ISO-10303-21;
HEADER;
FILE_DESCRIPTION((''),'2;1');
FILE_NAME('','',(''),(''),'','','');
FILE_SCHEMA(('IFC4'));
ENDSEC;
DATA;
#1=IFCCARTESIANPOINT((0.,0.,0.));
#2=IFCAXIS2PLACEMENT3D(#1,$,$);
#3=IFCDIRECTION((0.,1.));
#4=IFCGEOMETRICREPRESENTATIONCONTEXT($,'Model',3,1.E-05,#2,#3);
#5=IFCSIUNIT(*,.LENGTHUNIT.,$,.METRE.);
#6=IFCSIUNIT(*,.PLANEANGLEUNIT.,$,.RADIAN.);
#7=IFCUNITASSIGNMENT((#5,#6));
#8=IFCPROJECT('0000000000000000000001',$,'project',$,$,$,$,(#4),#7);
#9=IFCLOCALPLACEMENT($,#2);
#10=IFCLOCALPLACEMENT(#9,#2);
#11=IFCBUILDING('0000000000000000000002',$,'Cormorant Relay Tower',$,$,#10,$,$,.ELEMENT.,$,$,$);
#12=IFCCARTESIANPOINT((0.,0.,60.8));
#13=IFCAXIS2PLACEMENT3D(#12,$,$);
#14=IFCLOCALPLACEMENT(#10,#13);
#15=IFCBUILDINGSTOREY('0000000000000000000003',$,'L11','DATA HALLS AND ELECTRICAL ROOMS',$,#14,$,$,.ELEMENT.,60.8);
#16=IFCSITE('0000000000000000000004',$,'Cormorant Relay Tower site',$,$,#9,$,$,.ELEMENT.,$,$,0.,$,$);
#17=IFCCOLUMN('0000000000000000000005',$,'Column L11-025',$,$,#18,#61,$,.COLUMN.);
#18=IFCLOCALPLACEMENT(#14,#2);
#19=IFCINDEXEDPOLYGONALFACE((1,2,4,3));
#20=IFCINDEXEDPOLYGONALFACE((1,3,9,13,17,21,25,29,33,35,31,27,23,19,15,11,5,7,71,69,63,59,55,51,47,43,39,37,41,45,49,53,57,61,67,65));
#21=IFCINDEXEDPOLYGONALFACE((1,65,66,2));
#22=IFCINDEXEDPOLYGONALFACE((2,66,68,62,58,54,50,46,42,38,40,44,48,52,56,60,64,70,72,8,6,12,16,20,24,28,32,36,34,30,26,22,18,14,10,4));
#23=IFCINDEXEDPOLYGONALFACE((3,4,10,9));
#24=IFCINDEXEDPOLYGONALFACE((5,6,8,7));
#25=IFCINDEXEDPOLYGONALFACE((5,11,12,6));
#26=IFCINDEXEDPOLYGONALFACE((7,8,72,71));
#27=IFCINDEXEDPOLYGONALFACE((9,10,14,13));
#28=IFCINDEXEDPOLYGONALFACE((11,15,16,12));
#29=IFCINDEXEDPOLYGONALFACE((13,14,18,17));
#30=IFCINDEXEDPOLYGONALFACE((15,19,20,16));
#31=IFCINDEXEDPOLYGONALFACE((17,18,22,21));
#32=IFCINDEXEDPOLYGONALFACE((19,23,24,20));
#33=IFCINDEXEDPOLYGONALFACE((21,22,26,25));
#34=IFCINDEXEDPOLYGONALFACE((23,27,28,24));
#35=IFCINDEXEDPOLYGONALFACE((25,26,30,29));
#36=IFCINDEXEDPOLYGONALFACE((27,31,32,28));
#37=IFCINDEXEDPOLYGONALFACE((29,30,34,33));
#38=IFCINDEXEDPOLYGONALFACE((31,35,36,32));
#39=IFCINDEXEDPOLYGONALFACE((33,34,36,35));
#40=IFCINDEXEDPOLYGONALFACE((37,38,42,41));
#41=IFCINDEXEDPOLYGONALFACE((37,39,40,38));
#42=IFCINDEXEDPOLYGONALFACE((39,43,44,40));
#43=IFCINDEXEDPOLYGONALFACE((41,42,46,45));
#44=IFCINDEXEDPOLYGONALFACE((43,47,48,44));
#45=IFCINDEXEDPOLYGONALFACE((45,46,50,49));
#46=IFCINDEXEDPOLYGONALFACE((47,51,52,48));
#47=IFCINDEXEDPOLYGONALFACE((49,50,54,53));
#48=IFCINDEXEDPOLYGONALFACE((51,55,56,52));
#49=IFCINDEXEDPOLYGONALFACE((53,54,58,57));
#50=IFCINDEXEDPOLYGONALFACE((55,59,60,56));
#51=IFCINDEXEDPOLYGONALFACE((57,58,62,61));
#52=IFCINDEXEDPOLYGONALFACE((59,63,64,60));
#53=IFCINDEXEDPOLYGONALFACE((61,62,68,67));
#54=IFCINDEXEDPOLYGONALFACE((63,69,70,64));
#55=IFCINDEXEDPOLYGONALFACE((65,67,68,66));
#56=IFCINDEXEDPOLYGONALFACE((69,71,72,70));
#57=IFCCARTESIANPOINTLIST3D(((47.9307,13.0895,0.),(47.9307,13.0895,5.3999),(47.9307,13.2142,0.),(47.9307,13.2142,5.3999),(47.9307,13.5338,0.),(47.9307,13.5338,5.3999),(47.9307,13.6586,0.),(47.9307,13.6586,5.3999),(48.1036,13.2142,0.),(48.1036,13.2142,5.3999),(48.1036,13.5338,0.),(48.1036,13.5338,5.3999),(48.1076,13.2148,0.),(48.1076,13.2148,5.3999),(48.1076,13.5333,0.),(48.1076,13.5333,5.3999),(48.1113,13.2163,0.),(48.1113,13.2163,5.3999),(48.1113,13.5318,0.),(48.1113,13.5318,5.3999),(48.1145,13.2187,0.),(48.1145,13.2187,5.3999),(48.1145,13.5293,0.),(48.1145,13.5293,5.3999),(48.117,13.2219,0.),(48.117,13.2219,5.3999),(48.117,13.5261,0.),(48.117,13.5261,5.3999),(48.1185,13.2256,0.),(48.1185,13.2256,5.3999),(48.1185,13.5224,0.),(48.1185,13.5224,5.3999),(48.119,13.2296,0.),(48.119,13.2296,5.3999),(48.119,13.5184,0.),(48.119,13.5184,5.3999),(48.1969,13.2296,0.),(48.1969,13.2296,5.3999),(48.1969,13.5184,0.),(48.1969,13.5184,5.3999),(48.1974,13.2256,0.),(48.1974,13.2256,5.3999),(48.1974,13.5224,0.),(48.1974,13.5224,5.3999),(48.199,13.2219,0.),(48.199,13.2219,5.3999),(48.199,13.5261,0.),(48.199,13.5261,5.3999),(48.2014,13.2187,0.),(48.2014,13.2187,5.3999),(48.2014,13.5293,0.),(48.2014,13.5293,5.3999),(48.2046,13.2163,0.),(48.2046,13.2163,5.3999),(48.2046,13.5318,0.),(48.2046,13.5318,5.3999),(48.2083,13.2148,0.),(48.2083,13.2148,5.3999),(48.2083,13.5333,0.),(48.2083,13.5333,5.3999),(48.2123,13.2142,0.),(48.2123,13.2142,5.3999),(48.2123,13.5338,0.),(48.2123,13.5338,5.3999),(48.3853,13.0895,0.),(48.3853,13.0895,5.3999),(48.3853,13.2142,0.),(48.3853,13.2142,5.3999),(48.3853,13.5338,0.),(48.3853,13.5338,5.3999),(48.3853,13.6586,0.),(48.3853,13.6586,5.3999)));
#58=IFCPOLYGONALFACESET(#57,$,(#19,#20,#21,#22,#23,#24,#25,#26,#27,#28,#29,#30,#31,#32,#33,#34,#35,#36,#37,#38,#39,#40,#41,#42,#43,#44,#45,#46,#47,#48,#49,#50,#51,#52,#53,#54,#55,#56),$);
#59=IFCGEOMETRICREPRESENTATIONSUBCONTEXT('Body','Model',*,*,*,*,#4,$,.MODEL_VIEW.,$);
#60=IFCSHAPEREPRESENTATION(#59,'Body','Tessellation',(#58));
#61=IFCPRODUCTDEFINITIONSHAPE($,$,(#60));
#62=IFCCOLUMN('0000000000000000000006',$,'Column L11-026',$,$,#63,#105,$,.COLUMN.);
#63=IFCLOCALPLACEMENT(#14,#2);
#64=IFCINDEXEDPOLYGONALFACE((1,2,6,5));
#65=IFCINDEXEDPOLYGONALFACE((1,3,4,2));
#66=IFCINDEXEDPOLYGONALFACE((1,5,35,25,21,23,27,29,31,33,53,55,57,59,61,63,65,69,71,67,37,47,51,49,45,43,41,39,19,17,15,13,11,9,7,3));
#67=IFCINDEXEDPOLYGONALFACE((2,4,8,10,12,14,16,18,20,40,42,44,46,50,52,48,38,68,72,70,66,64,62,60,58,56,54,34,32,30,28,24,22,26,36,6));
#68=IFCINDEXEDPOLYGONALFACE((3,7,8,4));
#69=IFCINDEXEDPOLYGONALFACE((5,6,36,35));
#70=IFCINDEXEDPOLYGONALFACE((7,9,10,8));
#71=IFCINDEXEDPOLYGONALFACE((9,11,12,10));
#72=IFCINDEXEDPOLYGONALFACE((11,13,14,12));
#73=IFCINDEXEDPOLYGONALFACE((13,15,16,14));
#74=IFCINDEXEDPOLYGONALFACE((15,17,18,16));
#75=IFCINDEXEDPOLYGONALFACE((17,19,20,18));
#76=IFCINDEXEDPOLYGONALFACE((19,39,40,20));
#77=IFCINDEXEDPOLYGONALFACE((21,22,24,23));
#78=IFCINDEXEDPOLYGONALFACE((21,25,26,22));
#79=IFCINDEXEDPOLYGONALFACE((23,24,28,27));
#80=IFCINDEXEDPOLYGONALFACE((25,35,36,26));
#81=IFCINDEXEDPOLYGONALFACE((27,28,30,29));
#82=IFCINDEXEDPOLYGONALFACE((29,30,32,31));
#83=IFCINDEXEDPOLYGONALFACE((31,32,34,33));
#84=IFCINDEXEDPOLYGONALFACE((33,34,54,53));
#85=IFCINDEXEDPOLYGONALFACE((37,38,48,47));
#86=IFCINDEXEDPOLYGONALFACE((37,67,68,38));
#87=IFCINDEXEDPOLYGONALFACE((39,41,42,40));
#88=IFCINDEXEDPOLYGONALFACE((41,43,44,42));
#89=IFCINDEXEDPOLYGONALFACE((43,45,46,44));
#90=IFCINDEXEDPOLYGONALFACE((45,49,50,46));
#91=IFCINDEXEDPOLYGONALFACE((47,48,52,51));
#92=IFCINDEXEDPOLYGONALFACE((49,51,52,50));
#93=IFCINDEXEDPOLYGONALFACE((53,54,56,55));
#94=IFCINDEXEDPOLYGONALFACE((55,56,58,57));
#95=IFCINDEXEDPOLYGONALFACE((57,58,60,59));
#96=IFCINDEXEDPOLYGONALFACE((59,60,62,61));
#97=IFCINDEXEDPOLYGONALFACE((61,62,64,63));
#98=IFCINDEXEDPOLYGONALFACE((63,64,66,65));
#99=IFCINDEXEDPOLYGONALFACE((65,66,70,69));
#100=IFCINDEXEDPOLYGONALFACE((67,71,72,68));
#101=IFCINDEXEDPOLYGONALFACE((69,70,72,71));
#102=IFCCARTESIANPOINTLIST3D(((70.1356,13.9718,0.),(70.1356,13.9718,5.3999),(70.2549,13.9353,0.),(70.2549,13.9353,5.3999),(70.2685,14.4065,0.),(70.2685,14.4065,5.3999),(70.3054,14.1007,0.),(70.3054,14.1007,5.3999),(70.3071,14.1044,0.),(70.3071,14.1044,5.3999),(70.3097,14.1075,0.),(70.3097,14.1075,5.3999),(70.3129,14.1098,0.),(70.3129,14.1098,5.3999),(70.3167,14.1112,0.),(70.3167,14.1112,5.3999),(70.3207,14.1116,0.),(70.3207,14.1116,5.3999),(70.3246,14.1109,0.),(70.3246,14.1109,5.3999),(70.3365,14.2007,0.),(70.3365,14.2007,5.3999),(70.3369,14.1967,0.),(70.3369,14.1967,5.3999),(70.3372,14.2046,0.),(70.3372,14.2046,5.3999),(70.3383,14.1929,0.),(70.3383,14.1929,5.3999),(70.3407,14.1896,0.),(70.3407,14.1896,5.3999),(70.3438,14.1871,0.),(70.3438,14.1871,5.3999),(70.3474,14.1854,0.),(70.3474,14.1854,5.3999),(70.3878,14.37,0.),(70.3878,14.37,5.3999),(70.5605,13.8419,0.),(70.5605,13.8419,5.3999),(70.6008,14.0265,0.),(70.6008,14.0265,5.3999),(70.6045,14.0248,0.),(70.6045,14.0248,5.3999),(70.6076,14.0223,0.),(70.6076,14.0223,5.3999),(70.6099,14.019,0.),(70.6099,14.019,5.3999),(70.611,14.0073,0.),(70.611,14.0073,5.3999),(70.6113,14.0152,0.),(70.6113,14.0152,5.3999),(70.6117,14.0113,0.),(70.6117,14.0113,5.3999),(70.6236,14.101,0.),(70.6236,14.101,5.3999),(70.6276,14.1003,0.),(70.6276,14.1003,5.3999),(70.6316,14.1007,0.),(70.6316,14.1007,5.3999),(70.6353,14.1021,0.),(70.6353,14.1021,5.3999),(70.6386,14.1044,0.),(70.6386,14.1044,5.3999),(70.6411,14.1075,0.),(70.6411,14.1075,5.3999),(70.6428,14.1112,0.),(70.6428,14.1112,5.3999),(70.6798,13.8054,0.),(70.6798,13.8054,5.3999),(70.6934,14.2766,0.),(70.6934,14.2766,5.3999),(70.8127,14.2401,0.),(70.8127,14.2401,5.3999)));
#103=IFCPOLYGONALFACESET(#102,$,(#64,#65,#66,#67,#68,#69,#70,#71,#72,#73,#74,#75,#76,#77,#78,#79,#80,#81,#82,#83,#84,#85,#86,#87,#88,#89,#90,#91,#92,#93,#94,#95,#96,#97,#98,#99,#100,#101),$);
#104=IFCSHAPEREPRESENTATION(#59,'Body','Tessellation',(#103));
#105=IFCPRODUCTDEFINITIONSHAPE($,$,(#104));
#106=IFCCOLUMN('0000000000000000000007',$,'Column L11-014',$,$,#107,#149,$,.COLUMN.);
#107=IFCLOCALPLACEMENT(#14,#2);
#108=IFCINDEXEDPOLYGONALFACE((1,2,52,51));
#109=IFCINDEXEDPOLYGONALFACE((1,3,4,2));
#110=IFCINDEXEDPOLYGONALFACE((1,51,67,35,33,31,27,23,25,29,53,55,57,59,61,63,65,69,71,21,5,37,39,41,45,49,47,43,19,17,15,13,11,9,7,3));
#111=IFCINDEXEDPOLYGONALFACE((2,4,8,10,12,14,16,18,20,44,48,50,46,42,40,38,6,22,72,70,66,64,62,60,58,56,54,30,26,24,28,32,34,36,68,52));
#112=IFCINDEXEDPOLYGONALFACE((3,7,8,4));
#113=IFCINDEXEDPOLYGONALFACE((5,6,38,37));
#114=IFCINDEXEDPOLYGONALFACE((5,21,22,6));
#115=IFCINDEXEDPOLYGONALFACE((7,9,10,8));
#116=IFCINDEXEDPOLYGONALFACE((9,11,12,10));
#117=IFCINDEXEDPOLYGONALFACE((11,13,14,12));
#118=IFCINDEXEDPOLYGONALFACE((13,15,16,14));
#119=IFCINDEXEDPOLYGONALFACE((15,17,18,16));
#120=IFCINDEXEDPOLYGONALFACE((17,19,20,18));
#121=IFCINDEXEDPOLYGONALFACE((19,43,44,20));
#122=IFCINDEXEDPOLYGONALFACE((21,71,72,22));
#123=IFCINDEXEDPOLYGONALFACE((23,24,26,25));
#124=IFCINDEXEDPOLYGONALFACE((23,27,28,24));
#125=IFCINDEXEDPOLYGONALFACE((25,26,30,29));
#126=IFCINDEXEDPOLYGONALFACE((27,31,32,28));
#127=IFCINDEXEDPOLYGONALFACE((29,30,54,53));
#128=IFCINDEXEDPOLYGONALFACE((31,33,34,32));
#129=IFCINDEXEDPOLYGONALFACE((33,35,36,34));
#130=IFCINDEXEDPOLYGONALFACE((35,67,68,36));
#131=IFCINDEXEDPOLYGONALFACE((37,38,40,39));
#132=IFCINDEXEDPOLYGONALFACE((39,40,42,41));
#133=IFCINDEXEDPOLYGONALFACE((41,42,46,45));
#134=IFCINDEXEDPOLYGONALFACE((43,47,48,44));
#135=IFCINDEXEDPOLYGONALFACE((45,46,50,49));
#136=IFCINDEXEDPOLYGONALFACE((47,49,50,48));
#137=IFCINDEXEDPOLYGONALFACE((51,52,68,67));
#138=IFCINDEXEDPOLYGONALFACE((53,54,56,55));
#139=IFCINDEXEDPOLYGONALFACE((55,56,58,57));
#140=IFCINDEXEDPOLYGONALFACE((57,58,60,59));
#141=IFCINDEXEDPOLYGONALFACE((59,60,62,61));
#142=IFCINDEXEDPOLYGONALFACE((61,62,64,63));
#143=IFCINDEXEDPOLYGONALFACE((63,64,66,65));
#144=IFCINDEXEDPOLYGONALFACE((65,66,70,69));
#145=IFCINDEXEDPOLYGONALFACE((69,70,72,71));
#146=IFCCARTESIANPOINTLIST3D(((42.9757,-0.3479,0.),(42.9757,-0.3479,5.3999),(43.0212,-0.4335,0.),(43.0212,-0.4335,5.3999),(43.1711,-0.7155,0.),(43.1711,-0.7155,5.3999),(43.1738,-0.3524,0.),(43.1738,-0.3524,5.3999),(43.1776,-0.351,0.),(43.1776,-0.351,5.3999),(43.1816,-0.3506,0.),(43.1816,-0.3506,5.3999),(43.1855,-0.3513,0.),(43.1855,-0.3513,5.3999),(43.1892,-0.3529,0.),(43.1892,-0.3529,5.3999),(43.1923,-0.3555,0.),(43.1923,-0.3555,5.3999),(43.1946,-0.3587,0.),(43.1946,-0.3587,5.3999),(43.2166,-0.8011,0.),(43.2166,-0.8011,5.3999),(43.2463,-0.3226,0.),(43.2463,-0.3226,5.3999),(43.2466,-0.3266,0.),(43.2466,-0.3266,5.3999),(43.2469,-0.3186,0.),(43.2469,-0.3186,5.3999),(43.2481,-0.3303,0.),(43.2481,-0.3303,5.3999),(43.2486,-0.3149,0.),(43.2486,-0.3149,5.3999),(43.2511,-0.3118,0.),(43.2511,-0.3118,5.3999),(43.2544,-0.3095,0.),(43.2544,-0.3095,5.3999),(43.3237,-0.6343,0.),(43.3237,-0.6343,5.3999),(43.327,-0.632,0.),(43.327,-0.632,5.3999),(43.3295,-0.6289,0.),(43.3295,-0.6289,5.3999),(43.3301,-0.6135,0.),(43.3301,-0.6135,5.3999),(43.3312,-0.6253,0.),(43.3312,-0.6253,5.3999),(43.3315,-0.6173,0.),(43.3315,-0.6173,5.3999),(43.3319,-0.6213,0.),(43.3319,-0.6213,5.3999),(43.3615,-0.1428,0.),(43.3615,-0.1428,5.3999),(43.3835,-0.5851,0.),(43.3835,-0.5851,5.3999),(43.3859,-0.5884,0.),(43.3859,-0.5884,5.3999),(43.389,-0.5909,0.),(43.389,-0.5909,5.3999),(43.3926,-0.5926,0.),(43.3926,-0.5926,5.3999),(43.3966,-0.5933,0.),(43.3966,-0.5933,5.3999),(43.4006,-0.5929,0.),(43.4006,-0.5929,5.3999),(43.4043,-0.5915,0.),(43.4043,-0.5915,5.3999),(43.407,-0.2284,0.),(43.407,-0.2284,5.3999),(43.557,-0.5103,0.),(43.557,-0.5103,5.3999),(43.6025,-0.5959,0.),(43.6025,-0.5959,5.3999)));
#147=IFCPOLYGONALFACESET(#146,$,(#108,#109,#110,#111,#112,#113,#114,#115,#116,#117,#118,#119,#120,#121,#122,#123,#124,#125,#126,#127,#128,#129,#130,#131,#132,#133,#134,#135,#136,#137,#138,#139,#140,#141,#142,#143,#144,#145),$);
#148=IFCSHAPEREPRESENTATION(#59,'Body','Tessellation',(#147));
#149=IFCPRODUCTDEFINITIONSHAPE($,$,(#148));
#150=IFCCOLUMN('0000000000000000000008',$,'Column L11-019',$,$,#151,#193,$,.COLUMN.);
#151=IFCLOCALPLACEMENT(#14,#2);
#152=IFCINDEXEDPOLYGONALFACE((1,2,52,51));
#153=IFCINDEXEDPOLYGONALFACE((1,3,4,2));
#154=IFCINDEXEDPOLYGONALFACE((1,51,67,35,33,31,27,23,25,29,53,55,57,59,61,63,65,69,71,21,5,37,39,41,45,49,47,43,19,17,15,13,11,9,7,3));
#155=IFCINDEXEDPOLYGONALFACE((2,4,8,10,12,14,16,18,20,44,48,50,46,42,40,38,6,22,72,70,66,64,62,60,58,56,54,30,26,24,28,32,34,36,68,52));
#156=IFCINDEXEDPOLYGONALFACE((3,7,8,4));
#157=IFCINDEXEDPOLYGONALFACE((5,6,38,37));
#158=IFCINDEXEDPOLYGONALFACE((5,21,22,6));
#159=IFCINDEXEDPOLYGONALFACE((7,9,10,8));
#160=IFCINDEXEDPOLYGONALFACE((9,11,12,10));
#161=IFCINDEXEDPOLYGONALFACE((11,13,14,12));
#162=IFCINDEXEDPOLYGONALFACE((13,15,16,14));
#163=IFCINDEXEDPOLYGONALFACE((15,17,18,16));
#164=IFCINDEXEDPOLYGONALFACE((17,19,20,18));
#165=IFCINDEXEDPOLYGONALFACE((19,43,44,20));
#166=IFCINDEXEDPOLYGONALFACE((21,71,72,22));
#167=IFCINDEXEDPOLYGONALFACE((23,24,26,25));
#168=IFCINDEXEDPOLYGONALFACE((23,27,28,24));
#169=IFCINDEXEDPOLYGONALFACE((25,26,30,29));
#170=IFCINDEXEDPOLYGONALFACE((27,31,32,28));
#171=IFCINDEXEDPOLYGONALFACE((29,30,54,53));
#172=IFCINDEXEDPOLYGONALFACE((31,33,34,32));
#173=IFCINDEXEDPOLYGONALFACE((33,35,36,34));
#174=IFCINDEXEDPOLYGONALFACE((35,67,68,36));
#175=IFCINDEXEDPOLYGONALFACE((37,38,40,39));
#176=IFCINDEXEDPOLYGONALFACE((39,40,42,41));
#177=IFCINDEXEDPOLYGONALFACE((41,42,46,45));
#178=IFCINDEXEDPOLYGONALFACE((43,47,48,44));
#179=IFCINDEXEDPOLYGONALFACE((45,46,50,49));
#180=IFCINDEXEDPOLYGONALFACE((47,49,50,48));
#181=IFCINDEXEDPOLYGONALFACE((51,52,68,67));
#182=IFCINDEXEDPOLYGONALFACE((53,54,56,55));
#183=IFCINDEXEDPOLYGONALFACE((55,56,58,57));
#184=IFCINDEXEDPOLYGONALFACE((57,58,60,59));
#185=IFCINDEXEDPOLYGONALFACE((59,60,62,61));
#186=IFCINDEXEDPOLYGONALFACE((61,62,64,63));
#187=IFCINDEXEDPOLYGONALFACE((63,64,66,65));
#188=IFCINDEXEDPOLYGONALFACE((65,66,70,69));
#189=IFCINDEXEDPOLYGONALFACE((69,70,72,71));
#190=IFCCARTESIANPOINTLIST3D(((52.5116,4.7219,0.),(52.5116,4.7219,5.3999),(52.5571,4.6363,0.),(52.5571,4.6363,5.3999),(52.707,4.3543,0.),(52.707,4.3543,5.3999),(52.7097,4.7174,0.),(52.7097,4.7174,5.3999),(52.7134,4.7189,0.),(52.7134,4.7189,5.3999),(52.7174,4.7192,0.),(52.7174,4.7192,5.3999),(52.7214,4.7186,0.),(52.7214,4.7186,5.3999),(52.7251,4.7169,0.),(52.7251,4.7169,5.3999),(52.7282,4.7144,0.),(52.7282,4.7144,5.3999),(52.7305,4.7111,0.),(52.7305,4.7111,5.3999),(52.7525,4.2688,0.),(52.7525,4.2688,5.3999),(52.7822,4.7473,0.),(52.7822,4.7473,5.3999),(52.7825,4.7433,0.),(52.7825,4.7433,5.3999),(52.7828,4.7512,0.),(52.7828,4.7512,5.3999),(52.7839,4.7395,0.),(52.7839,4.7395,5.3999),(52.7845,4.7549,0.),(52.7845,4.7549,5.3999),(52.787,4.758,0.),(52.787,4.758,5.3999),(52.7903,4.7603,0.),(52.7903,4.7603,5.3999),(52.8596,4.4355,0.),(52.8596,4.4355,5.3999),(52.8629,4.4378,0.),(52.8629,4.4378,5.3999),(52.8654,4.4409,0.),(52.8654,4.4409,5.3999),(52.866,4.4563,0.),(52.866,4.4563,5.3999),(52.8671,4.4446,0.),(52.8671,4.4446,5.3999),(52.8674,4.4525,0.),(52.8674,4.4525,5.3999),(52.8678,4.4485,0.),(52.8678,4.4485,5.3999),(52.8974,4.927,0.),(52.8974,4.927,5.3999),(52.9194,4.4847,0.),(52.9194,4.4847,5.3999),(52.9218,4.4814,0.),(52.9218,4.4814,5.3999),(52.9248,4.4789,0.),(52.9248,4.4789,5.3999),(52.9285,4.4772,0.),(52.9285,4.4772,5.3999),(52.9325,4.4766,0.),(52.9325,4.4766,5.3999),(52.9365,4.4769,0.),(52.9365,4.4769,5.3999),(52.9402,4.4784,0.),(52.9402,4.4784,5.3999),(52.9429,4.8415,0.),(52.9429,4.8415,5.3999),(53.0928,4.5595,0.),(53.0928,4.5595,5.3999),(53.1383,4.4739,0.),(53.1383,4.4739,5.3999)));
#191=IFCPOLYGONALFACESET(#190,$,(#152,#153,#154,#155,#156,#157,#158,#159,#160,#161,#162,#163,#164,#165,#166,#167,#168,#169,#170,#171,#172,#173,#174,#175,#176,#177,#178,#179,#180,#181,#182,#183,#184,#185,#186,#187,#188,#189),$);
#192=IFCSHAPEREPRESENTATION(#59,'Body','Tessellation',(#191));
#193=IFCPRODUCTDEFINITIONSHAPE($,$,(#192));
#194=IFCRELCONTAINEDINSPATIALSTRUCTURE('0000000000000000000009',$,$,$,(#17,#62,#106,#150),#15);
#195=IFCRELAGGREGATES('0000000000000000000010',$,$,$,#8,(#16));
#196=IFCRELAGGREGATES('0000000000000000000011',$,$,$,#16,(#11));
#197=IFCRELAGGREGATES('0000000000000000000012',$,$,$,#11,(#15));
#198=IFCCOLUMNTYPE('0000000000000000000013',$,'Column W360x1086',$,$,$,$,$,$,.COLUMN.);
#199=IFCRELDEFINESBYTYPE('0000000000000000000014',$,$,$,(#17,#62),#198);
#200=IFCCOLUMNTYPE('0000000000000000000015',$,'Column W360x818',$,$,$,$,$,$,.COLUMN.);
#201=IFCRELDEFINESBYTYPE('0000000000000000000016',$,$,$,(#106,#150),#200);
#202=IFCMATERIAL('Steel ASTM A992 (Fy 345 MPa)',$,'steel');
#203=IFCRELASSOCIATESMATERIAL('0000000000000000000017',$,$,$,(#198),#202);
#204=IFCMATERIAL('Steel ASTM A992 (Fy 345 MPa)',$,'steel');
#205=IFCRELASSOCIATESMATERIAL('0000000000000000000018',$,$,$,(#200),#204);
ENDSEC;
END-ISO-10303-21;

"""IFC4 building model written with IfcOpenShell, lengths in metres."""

from ifc_helpers import new_model, si_unit, direction, frame, origin, origin_2d, place, context, subcontext, project, spatial, i_section, extrude, material, material_profile, profile_set, type_object, element, save


model = new_model("IFC4")

# Units and contexts
model_context = context("Model", 3, precision=1e-05, world=origin(), true_north=direction((0.0, 1.0)))
body_context = subcontext(model_context, "Body", "Model", "MODEL_VIEW")
ifc_project = project(units=[si_unit("LENGTHUNIT", "METRE"), si_unit("PLANEANGLEUNIT", "RADIAN")], contexts=[model_context])

# Site, building, storey
site_placement = place(None, origin())
site = spatial("IfcSite", under=ifc_project, at=site_placement, Name="Cormorant Relay Tower site", CompositionType="ELEMENT", RefElevation=0.0)
building_placement = place(site_placement, origin())
building = spatial("IfcBuilding", under=site, at=building_placement, Name="Cormorant Relay Tower", CompositionType="ELEMENT")
storey_placement = place(building_placement, frame((0.0, 0.0, 60.8)))
storey = spatial("IfcBuildingStorey", under=building, at=storey_placement, Name="L11", Description="DATA HALLS AND ELECTRICAL ROOMS", CompositionType="ELEMENT", Elevation=60.8)

# Columns
ifc_material_1 = material(Name="Steel ASTM A992 (Fy 345 MPa)", Category="steel")
ifc_material_profile_1 = material_profile(ifc_material_1, i_section(OverallWidth=0.4546, OverallDepth=0.5691, WebThickness=0.0779, FlangeThickness=0.1248, FilletRadius=0.0154, at=origin_2d()), Name="W360x1086")
ifc_profile_set_1 = profile_set([ifc_material_profile_1], Name="Steel ASTM A992 (Fy 345 MPa)")
column_type_1 = type_object("IfcColumnType", Name="Column W360x1086", PredefinedType="COLUMN", material=ifc_profile_set_1)
for number, where, z_axis, x_axis, name in (
    (1, (48.158, 13.374, 0.0), (0.0, 0.0, 1.0), (1.0, 0.0, 0.0), "Column L11-025"),
    (2, (70.4741, 14.106, 0.0), (0.0, 0.0, 1.0), (0.292372, 0.956305, 0.0), "Column L11-026"),
):
    element("IfcColumn", number, at=place(storey_placement, frame(where, z_axis=z_axis, x_axis=x_axis)), inside=storey, type_object=column_type_1, Name=name, PredefinedType="COLUMN", context=body_context, shape_type="SweptSolid", body=[
        extrude(i_section(OverallWidth=0.4546, OverallDepth=0.5691, WebThickness=0.0779, FlangeThickness=0.1248, FilletRadius=0.0154, at=origin_2d()), origin(), (0.0, 0.0, 1.0), 5.3999),
    ])
ifc_material_2 = material(Name="Steel ASTM A992 (Fy 345 MPa)", Category="steel")
ifc_material_profile_2 = material_profile(ifc_material_2, i_section(OverallWidth=0.437, OverallDepth=0.5132, WebThickness=0.0605, FlangeThickness=0.0969, FilletRadius=0.0154, at=origin_2d()), Name="W360x818")
ifc_profile_set_2 = profile_set([ifc_material_profile_2], Name="Steel ASTM A992 (Fy 345 MPa)")
column_type_2 = type_object("IfcColumnType", Name="Column W360x818", PredefinedType="COLUMN", material=ifc_profile_set_2)
for number, where, z_axis, x_axis, name in (
    (3, (43.2891, -0.4719, 0.0), (0.0, 0.0, 1.0), (0.882948, 0.469472, 0.0), "Column L11-014"),
    (4, (52.825, 4.5979, 0.0), (0.0, 0.0, 1.0), (0.882948, 0.469472, 0.0), "Column L11-019"),
):
    element("IfcColumn", number, at=place(storey_placement, frame(where, z_axis=z_axis, x_axis=x_axis)), inside=storey, type_object=column_type_2, Name=name, PredefinedType="COLUMN", context=body_context, shape_type="SweptSolid", body=[
        extrude(i_section(OverallWidth=0.437, OverallDepth=0.5132, WebThickness=0.0605, FlangeThickness=0.0969, FilletRadius=0.0154, at=origin_2d()), origin(), (0.0, 0.0, 1.0), 5.3999),
    ])

save(model, "model.ifc")
